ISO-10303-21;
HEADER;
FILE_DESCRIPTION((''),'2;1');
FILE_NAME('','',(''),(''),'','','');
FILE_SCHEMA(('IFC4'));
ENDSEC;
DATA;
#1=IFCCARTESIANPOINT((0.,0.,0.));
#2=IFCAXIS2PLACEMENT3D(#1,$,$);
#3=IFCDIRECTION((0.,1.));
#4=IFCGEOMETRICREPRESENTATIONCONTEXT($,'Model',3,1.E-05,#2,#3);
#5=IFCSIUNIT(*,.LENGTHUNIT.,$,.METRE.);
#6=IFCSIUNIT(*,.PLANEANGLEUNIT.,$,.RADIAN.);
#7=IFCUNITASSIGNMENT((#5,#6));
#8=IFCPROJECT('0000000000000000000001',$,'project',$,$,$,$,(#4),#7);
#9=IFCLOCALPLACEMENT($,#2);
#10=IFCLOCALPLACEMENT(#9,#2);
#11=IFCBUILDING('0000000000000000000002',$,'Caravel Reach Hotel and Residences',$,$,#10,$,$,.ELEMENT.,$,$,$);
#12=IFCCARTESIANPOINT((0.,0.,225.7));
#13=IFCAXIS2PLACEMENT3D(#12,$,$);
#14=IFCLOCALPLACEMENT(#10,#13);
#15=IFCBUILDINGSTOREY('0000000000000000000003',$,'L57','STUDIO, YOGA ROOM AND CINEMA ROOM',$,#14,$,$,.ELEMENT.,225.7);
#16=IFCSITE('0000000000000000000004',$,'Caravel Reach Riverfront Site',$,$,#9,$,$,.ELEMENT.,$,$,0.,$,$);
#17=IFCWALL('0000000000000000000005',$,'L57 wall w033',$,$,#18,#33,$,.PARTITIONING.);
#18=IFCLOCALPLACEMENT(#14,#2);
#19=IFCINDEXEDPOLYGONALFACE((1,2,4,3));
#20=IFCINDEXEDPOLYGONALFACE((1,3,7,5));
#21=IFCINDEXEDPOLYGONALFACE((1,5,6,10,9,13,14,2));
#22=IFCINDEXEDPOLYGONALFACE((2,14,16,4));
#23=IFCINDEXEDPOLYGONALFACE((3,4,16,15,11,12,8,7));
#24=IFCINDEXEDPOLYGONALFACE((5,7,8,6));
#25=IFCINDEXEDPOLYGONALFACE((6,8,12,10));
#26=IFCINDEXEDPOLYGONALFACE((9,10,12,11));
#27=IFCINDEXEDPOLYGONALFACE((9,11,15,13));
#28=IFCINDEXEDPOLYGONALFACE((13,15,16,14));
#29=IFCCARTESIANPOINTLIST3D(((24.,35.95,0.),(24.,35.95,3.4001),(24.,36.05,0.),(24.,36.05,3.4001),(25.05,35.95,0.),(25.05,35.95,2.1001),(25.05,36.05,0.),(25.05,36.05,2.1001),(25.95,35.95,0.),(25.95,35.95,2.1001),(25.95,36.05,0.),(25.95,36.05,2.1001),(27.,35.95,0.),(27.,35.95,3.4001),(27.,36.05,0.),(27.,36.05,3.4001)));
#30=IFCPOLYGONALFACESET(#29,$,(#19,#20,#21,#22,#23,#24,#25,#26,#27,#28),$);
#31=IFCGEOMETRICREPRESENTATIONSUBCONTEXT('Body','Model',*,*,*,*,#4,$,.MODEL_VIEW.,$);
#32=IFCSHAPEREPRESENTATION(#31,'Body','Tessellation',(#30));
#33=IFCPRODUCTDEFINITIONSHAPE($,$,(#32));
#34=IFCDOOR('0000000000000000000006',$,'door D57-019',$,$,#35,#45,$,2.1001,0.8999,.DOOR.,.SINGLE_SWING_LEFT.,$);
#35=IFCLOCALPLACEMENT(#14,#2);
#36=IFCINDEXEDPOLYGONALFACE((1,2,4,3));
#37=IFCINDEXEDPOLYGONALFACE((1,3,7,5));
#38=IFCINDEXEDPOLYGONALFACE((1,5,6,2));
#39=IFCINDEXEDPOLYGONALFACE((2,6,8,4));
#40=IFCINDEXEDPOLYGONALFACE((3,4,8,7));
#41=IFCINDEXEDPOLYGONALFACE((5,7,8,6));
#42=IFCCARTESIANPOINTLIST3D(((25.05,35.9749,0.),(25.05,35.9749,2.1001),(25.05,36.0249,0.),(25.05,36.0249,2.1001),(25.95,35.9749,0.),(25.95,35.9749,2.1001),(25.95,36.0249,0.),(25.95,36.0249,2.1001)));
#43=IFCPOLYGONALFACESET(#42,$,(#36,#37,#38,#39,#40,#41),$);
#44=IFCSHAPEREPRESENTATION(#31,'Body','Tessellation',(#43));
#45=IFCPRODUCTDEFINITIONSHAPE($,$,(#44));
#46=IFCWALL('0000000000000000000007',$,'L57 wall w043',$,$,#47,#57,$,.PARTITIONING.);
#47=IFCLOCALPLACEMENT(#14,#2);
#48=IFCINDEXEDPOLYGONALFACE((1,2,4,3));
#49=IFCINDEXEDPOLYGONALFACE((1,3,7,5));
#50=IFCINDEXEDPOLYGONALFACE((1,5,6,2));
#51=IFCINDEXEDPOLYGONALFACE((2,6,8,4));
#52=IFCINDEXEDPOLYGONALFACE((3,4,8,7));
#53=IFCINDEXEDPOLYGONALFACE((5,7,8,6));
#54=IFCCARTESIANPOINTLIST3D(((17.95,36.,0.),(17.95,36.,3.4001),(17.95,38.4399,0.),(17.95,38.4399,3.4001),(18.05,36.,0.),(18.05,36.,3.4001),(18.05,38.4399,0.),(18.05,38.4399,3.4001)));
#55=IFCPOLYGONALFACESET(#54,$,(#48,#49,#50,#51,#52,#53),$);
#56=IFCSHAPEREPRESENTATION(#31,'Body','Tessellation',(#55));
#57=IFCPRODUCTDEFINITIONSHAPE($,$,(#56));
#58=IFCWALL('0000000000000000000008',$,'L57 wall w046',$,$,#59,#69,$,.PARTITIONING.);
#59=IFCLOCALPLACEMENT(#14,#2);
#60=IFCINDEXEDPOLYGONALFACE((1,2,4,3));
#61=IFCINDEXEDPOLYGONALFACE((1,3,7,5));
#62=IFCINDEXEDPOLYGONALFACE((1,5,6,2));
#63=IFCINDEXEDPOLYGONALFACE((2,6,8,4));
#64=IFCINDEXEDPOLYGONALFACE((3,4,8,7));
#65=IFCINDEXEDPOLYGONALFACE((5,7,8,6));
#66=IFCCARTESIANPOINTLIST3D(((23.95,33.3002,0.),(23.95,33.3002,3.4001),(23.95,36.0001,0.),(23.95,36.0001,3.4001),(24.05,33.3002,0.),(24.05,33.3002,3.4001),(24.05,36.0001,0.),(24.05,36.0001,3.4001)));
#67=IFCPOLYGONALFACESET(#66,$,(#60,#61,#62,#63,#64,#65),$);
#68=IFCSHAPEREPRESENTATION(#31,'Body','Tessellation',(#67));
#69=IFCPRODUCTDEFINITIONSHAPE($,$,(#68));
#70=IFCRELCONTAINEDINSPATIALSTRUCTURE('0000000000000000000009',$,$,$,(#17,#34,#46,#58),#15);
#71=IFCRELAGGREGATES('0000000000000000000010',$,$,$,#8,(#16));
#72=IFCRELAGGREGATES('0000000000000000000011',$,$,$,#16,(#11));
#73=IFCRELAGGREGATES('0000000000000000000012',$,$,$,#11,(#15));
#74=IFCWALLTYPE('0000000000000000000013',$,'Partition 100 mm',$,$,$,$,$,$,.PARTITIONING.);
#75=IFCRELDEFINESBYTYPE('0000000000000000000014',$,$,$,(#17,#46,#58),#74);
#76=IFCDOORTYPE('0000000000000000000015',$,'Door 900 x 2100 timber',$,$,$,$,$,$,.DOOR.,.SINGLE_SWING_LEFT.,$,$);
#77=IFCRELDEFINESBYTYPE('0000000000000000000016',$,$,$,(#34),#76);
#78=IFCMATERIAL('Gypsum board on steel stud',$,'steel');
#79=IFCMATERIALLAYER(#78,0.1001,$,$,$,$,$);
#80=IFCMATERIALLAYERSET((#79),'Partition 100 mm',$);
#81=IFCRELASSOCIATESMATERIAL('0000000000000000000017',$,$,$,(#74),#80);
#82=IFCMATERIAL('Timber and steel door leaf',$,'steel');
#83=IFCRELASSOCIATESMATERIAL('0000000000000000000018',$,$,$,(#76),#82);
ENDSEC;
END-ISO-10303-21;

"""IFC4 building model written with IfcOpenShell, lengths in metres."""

from ifc_helpers import new_model, si_unit, direction, frame, frame_2d, origin, place, context, subcontext, project, spatial, rectangle, extrude, material, layer, layer_set, type_object, element, fill, save


model = new_model("IFC4")

# Units and contexts
model_context = context("Model", 3, precision=1e-05, world=origin(), true_north=direction((0.0, 1.0)))
body_context = subcontext(model_context, "Body", "Model", "MODEL_VIEW")
ifc_project = project(units=[si_unit("LENGTHUNIT", "METRE"), si_unit("PLANEANGLEUNIT", "RADIAN")], contexts=[model_context])

# Site, building, storey
site_placement = place(None, origin())
site = spatial("IfcSite", under=ifc_project, at=site_placement, Name="Caravel Reach Riverfront Site", CompositionType="ELEMENT", RefElevation=0.0)
building_placement = place(site_placement, origin())
building = spatial("IfcBuilding", under=site, at=building_placement, Name="Caravel Reach Hotel and Residences", CompositionType="ELEMENT")
storey_placement = place(building_placement, frame((0.0, 0.0, 225.7)))
storey = spatial("IfcBuildingStorey", under=building, at=storey_placement, Name="L57", Description="STUDIO, YOGA ROOM AND CINEMA ROOM", CompositionType="ELEMENT", Elevation=225.7)

# Wall, opening, door
ifc_material_1 = material(Name="Gypsum board on steel stud", Category="steel")
ifc_layer_1 = layer(ifc_material_1, 0.1001)
ifc_layer_set_1 = layer_set([ifc_layer_1], Name="Partition 100 mm")
wall_type_1 = type_object("IfcWallType", Name="Partition 100 mm", PredefinedType="PARTITIONING", material=ifc_layer_set_1)
wall_1_placement = place(storey_placement, frame((24.0, 36.0, 0.0), z_axis=(0.0, 0.0, 1.0), x_axis=(1.0, 0.0, 0.0)))
wall_1 = element("IfcWall", 1, at=wall_1_placement, inside=storey, type_object=wall_type_1, Name="L57 wall w033", PredefinedType="PARTITIONING", context=body_context, shape_type="SweptSolid", body=[
    extrude(rectangle(XDim=3.0, YDim=0.1001, at=frame_2d((1.5, 0.0))), origin(), (0.0, 0.0, 1.0), 3.4001),
])
opening_1_placement = place(wall_1_placement, frame((1.05, 0.0, 0.0)))
opening_1 = element("IfcOpeningElement", 2, at=opening_1_placement, cuts=wall_1, PredefinedType="OPENING", context=body_context, shape_type="SweptSolid", body=[
    extrude(rectangle(XDim=0.8999, YDim=2.1001, at=frame_2d((0.45, 1.05))), frame((0.0, 0.0601, 0.0), z_axis=(0.0, -1.0, 0.0), x_axis=(1.0, 0.0, 0.0)), (0.0, 0.0, 1.0), 0.1201),
])
ifc_material_2 = material(Name="Timber and steel door leaf", Category="steel")
door_type_1 = type_object("IfcDoorType", Name="Door 900 x 2100 timber", OperationType="SINGLE_SWING_LEFT", PredefinedType="DOOR", material=ifc_material_2)
door_1_placement = place(opening_1_placement, origin())
door_1 = element("IfcDoor", 3, at=door_1_placement, inside=storey, type_object=door_type_1, Name="door D57-019", OperationType="SINGLE_SWING_LEFT", OverallHeight=2.1001, OverallWidth=0.8999, PredefinedType="DOOR", context=body_context, shape_type="SweptSolid", body=[
    extrude(rectangle(XDim=0.8999, YDim=2.1001, at=frame_2d((0.45, 1.05))), frame((0.0, 0.0249, 0.0), z_axis=(0.0, -1.0, 0.0), x_axis=(1.0, 0.0, 0.0)), (0.0, 0.0, 1.0), 0.05),
])
fill(opening_1, door_1)

# Walls
wall_2_placement = place(storey_placement, frame((18.0, 36.0, 0.0), z_axis=(0.0, 0.0, 1.0), x_axis=(0.0, 1.0, 0.0)))
element("IfcWall", 4, at=wall_2_placement, inside=storey, type_object=wall_type_1, Name="L57 wall w043", PredefinedType="PARTITIONING", context=body_context, shape_type="SweptSolid", body=[
    extrude(rectangle(XDim=2.4399, YDim=0.1001, at=frame_2d((1.22, 0.0))), origin(), (0.0, 0.0, 1.0), 3.4001),
])
wall_3_placement = place(storey_placement, frame((24.0, 33.3, 0.0), z_axis=(0.0, 0.0, 1.0), x_axis=(0.0, 1.0, 0.0)))
element("IfcWall", 5, at=wall_3_placement, inside=storey, type_object=wall_type_1, Name="L57 wall w046", PredefinedType="PARTITIONING", context=body_context, shape_type="SweptSolid", body=[
    extrude(rectangle(XDim=2.7, YDim=0.1001, at=frame_2d((1.3501, 0.0))), origin(), (0.0, 0.0, 1.0), 3.4001),
])

save(model, "model.ifc")
